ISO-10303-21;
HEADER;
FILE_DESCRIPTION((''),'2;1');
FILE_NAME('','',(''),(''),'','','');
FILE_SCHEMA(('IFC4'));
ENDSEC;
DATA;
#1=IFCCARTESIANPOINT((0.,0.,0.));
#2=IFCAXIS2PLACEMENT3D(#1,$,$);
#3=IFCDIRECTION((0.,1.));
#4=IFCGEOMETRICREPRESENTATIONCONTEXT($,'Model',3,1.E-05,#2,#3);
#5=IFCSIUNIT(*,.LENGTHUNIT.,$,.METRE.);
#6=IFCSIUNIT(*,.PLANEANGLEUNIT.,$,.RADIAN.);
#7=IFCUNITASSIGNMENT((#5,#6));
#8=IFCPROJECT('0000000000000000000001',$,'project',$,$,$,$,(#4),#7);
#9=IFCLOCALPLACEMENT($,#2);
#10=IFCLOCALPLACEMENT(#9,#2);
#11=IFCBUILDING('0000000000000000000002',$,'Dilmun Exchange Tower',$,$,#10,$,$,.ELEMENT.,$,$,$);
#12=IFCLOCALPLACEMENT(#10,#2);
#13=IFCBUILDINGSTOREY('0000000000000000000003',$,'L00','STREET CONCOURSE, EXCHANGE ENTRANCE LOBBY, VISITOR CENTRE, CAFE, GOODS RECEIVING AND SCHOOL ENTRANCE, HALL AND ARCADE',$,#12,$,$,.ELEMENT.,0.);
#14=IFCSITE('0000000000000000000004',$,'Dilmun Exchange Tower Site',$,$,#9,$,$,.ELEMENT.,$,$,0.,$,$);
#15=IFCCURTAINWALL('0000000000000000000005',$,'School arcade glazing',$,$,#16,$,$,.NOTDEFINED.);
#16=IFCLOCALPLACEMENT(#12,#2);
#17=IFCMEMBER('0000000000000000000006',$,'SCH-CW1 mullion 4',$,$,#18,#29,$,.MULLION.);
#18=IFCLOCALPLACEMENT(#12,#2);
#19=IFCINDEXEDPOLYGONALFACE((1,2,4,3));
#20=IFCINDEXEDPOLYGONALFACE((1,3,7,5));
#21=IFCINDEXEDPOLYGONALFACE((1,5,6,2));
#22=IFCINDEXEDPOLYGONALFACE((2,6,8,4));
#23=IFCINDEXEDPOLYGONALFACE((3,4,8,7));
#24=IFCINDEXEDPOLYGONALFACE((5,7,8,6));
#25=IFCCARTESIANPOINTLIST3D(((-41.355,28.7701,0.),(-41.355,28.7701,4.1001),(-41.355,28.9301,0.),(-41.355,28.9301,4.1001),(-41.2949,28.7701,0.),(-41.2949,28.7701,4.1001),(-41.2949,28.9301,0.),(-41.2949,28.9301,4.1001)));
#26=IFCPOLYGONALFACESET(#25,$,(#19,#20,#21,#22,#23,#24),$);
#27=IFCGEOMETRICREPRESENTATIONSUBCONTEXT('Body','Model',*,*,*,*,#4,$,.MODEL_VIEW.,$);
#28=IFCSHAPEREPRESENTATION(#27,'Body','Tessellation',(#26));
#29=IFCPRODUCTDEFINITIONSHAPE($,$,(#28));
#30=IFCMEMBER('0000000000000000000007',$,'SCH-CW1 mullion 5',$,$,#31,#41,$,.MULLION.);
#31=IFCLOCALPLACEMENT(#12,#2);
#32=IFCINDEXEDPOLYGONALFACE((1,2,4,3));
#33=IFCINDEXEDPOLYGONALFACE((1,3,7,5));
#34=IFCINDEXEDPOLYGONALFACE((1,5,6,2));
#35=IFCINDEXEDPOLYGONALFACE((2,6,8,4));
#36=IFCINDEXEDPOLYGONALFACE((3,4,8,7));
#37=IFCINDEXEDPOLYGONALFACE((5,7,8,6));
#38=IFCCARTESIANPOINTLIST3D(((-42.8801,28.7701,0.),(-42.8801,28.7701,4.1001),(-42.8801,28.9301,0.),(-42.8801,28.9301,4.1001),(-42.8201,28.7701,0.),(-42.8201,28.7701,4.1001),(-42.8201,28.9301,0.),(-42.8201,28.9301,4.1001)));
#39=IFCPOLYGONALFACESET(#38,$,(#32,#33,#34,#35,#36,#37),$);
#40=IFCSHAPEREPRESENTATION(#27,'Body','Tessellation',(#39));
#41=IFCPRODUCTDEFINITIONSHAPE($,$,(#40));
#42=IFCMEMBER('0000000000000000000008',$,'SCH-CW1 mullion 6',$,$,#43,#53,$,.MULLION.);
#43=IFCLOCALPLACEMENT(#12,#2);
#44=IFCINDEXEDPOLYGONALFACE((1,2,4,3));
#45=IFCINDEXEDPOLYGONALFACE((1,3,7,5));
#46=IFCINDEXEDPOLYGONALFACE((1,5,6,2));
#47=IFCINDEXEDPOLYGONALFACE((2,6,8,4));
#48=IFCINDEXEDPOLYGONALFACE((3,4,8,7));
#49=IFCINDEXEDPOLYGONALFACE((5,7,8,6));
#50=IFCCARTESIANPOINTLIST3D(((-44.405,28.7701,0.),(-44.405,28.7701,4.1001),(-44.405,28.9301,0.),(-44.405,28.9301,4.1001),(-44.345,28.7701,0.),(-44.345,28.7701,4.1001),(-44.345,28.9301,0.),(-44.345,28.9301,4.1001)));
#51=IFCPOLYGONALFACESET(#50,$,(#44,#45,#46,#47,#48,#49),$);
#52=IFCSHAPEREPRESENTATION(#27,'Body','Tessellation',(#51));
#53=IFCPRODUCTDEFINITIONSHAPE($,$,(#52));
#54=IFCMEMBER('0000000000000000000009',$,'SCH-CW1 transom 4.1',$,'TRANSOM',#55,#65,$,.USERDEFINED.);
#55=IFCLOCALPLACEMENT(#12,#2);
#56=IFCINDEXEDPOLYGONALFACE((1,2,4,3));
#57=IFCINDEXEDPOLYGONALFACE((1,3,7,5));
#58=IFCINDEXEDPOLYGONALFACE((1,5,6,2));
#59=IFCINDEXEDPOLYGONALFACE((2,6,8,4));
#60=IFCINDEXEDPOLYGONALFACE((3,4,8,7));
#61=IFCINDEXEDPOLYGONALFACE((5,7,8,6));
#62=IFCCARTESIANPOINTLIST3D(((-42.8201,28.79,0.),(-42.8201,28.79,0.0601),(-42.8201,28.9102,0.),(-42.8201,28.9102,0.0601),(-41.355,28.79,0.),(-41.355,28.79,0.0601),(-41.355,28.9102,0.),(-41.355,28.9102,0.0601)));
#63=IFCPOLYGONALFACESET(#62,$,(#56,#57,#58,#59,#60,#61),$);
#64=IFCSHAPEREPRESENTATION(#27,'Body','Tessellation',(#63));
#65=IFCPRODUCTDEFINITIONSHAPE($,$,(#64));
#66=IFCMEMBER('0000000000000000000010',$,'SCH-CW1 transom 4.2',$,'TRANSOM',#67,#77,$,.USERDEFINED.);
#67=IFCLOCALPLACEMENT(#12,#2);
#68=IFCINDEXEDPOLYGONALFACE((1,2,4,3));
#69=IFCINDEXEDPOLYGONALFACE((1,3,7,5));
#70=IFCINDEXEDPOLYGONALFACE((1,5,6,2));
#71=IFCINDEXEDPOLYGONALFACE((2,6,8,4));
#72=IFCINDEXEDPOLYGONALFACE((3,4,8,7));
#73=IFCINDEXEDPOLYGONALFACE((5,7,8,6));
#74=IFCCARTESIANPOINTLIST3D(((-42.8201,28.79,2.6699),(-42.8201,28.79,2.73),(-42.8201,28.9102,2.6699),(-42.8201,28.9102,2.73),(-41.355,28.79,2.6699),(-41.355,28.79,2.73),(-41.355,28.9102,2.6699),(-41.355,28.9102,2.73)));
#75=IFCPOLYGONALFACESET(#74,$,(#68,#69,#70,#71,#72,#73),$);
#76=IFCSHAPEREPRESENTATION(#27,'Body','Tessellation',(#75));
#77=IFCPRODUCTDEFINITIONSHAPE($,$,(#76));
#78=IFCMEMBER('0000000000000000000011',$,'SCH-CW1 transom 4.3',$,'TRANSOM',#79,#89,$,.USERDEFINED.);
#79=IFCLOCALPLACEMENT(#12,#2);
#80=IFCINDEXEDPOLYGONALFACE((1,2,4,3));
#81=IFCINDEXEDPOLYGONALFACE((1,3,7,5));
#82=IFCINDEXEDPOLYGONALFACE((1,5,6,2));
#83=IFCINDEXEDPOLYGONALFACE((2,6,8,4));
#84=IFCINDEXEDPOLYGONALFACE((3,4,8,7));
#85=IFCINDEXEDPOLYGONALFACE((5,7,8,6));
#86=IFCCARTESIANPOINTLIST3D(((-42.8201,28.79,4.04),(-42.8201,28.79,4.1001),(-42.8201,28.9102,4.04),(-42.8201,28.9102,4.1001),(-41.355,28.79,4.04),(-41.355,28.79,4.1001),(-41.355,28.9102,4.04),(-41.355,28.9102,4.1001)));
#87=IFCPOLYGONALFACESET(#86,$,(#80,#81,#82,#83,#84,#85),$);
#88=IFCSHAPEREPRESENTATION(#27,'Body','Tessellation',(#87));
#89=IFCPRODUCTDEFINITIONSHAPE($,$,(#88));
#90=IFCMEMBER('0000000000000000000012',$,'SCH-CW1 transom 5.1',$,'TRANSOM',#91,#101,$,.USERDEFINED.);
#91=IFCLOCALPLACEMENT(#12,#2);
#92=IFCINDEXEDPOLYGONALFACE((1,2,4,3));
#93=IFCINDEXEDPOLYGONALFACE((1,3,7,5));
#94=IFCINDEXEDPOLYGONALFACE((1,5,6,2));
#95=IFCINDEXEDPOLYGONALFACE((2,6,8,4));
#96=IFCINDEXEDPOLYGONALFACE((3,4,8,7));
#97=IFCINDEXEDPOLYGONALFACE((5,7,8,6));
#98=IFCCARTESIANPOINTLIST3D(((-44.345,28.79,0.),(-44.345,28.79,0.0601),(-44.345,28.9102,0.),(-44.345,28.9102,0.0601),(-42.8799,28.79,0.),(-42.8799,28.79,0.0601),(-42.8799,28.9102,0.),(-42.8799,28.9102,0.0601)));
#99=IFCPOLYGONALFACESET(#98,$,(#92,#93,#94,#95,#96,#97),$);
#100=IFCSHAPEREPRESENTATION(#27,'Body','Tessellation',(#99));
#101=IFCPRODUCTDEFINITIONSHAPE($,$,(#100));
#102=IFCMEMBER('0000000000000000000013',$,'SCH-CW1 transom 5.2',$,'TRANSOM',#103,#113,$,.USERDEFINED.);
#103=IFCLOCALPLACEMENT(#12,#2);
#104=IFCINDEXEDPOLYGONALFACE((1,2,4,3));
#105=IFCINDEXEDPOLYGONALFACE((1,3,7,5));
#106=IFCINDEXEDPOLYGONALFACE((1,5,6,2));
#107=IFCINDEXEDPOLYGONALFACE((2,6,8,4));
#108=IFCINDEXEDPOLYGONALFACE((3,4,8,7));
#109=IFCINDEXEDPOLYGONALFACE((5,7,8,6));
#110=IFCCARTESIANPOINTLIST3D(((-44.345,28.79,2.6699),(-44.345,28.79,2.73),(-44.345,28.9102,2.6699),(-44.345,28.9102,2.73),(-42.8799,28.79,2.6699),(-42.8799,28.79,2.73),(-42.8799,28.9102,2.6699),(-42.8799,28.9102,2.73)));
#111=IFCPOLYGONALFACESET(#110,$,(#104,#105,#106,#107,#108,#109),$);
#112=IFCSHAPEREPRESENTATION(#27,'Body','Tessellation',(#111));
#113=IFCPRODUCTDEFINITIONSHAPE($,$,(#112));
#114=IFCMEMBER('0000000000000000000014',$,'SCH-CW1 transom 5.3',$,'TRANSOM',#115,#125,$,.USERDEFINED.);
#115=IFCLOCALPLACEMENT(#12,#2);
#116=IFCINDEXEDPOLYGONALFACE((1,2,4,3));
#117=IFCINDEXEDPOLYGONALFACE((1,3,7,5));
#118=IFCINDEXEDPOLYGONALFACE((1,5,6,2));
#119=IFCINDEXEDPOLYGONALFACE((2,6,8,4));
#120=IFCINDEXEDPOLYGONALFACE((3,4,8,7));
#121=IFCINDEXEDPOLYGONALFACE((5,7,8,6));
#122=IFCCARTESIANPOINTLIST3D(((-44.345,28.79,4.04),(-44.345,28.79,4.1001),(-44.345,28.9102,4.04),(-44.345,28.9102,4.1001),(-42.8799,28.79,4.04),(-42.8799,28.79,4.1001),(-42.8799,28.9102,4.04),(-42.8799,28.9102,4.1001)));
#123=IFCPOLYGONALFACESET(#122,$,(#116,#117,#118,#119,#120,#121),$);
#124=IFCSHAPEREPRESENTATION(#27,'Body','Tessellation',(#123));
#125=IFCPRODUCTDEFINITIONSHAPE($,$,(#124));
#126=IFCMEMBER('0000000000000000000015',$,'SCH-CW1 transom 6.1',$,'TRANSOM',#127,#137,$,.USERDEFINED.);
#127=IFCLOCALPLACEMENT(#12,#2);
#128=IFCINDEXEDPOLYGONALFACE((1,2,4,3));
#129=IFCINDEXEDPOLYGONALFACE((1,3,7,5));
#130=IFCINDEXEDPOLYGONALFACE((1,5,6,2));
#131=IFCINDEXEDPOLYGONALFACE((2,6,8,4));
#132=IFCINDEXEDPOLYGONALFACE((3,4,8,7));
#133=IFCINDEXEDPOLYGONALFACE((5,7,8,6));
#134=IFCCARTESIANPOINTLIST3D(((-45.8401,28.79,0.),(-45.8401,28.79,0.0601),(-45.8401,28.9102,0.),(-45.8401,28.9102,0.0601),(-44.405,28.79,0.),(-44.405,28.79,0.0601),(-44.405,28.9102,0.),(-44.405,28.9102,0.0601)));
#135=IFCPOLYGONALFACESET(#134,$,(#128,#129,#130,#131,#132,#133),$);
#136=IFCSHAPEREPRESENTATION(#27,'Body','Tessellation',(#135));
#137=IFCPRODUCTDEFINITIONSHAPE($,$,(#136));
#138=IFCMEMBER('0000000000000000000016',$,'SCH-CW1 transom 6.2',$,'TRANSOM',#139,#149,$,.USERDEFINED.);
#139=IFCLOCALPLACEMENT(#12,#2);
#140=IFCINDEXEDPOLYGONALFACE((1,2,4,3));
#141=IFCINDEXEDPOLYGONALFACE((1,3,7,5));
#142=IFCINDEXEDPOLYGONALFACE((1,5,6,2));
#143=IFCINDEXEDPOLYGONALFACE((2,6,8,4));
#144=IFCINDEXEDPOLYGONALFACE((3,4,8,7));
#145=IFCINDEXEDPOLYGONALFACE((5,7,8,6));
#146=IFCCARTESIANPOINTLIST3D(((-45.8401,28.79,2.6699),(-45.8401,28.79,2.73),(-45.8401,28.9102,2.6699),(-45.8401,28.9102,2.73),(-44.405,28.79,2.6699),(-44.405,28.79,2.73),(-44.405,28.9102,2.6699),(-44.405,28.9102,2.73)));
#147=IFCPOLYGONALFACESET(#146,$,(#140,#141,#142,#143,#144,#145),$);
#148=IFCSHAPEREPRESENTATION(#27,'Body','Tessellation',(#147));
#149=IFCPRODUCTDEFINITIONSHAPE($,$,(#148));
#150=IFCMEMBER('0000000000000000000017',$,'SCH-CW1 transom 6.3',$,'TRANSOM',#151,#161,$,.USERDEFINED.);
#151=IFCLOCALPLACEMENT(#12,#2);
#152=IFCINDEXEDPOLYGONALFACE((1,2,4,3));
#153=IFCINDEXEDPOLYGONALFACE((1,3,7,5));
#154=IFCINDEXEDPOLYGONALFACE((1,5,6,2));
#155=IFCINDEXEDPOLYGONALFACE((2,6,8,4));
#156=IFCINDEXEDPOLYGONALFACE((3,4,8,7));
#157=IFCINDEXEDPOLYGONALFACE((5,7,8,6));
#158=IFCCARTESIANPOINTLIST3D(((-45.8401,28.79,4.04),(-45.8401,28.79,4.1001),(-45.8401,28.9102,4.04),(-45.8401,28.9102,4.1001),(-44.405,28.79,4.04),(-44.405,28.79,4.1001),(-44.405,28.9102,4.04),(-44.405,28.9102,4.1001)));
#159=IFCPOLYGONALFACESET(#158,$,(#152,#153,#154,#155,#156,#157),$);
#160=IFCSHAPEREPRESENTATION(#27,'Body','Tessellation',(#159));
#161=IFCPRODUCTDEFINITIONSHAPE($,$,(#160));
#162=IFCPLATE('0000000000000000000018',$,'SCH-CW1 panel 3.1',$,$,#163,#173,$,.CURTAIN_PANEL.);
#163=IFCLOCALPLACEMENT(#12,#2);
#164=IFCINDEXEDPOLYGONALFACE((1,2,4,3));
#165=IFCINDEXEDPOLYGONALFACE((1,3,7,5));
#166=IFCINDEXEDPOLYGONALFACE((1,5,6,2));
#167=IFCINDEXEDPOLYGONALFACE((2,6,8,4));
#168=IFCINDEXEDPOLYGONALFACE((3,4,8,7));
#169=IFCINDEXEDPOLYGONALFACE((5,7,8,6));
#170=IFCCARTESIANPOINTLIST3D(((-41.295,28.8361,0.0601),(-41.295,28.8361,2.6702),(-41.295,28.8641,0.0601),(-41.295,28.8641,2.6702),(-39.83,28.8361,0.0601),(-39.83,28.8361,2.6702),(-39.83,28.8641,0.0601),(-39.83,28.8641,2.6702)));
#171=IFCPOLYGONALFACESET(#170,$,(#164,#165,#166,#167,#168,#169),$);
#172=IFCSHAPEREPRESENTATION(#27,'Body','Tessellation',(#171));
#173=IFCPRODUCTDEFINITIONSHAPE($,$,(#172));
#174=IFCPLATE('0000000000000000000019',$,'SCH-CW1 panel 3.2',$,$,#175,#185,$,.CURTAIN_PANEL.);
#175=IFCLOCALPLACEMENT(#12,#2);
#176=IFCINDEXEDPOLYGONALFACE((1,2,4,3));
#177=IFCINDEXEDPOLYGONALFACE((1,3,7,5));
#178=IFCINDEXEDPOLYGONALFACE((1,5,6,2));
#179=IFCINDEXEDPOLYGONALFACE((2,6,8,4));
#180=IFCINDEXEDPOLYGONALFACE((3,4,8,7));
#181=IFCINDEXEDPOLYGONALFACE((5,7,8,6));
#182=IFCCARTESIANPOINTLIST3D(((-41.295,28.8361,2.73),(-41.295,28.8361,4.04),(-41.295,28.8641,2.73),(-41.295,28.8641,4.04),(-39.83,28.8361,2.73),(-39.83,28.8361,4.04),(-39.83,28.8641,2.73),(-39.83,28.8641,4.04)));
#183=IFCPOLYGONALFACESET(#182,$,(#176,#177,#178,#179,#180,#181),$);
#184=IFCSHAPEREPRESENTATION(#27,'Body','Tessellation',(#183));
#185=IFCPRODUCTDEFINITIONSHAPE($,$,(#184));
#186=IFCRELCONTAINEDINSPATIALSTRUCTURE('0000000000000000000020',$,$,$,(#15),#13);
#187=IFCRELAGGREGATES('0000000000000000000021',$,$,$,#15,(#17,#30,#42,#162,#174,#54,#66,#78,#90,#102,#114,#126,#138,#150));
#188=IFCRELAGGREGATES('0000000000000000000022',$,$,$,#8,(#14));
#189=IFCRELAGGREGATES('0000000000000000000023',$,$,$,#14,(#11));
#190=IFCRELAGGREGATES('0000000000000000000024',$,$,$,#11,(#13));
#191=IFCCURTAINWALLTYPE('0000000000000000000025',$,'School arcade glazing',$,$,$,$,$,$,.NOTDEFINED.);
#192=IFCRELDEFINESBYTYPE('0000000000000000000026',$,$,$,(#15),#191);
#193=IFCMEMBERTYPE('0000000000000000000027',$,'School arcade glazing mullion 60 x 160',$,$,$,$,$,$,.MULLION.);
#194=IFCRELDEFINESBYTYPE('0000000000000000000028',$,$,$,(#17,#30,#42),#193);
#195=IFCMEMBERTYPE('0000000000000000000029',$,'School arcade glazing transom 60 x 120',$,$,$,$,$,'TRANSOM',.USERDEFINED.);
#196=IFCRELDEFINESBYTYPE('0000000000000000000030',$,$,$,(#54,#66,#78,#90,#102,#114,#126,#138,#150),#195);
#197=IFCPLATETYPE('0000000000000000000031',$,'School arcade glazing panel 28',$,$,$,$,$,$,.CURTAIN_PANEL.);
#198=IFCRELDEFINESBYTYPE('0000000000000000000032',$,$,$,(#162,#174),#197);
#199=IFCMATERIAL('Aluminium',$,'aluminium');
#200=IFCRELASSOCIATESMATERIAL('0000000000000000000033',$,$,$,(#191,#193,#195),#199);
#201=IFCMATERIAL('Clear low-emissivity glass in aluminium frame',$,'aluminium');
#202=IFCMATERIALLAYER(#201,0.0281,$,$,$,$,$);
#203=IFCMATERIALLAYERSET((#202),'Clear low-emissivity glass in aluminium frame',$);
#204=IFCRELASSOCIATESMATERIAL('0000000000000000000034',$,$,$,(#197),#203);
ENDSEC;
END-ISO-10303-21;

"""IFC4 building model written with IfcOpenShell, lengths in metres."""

from ifc_helpers import new_model, si_unit, direction, frame, origin, origin_2d, place, context, subcontext, project, spatial, rectangle, extrude, material, layer, layer_set, material_profile, profile_set, type_object, element, aggregate, save


model = new_model("IFC4")

# Units and contexts
model_context = context("Model", 3, precision=1e-05, world=origin(), true_north=direction((0.0, 1.0)))
body_context = subcontext(model_context, "Body", "Model", "MODEL_VIEW")
ifc_project = project(units=[si_unit("LENGTHUNIT", "METRE"), si_unit("PLANEANGLEUNIT", "RADIAN")], contexts=[model_context])

# Site, building, storey
site_placement = place(None, origin())
site = spatial("IfcSite", under=ifc_project, at=site_placement, Name="Dilmun Exchange Tower Site", CompositionType="ELEMENT", RefElevation=0.0)
building_placement = place(site_placement, origin())
building = spatial("IfcBuilding", under=site, at=building_placement, Name="Dilmun Exchange Tower", CompositionType="ELEMENT")
storey_placement = place(building_placement, origin())
storey = spatial("IfcBuildingStorey", under=building, at=storey_placement, Name="L00", Description="STREET CONCOURSE, EXCHANGE ENTRANCE LOBBY, VISITOR CENTRE, CAFE, GOODS RECEIVING AND SCHOOL ENTRANCE, HALL AND ARCADE", CompositionType="ELEMENT", Elevation=0.0)

# Curtain wall, members, plates
ifc_material_1 = material(Name="Aluminium", Category="aluminium")
curtain_wall_type = type_object("IfcCurtainWallType", Name="School arcade glazing", PredefinedType="NOTDEFINED", material=ifc_material_1)
curtain_wall_placement = place(storey_placement, origin())
curtain_wall = element("IfcCurtainWall", 1, at=curtain_wall_placement, inside=storey, type_object=curtain_wall_type, Name="School arcade glazing", PredefinedType="NOTDEFINED")
ifc_material_profile_1 = material_profile(ifc_material_1, rectangle(XDim=0.1599, YDim=0.0601, at=origin_2d()), Name="60 x 160")
ifc_profile_set_1 = profile_set([ifc_material_profile_1], Name="Aluminium")
member_type_1 = type_object("IfcMemberType", Name="School arcade glazing mullion 60 x 160", PredefinedType="MULLION", material=ifc_profile_set_1)
member_1_placement = place(storey_placement, frame((-41.325, 28.8501, 0.0), z_axis=(0.0, 0.0, 1.0), x_axis=(0.0, -1.0, 0.0)))
member_1 = element("IfcMember", 2, at=member_1_placement, type_object=member_type_1, Name="SCH-CW1 mullion 4", PredefinedType="MULLION", context=body_context, shape_type="SweptSolid", body=[
    extrude(rectangle(XDim=0.1599, YDim=0.0601, at=origin_2d()), origin(), (0.0, 0.0, 1.0), 4.1001),
])
member_2_placement = place(storey_placement, frame((-42.8501, 28.8501, 0.0), z_axis=(0.0, 0.0, 1.0), x_axis=(0.0, -1.0, 0.0)))
member_2 = element("IfcMember", 3, at=member_2_placement, type_object=member_type_1, Name="SCH-CW1 mullion 5", PredefinedType="MULLION", context=body_context, shape_type="SweptSolid", body=[
    extrude(rectangle(XDim=0.1599, YDim=0.0601, at=origin_2d()), origin(), (0.0, 0.0, 1.0), 4.1001),
])
member_3_placement = place(storey_placement, frame((-44.375, 28.8501, 0.0), z_axis=(0.0, 0.0, 1.0), x_axis=(0.0, -1.0, 0.0)))
member_3 = element("IfcMember", 4, at=member_3_placement, type_object=member_type_1, Name="SCH-CW1 mullion 6", PredefinedType="MULLION", context=body_context, shape_type="SweptSolid", body=[
    extrude(rectangle(XDim=0.1599, YDim=0.0601, at=origin_2d()), origin(), (0.0, 0.0, 1.0), 4.1001),
])
ifc_material_profile_2 = material_profile(ifc_material_1, rectangle(XDim=0.1201, YDim=0.0601, at=origin_2d()), Name="60 x 120")
ifc_profile_set_2 = profile_set([ifc_material_profile_2], Name="Aluminium")
member_type_2 = type_object("IfcMemberType", Name="School arcade glazing transom 60 x 120", ElementType="TRANSOM", PredefinedType="USERDEFINED", material=ifc_profile_set_2)
member_4_placement = place(storey_placement, frame((-41.355, 28.8501, 0.03), z_axis=(-1.0, 0.0, 0.0), x_axis=(0.0, -1.0, 0.0)))
member_4 = element("IfcMember", 5, at=member_4_placement, type_object=member_type_2, Name="SCH-CW1 transom 4.1", ObjectType="TRANSOM", PredefinedType="USERDEFINED", context=body_context, shape_type="SweptSolid", body=[
    extrude(rectangle(XDim=0.1201, YDim=0.0601, at=origin_2d()), origin(), (0.0, 0.0, 1.0), 1.4651),
])
member_5_placement = place(storey_placement, frame((-41.355, 28.8501, 2.7), z_axis=(-1.0, 0.0, 0.0), x_axis=(0.0, -1.0, 0.0)))
member_5 = element("IfcMember", 6, at=member_5_placement, type_object=member_type_2, Name="SCH-CW1 transom 4.2", ObjectType="TRANSOM", PredefinedType="USERDEFINED", context=body_context, shape_type="SweptSolid", body=[
    extrude(rectangle(XDim=0.1201, YDim=0.0601, at=origin_2d()), origin(), (0.0, 0.0, 1.0), 1.4651),
])
member_6_placement = place(storey_placement, frame((-41.355, 28.8501, 4.0701), z_axis=(-1.0, 0.0, 0.0), x_axis=(0.0, -1.0, 0.0)))
member_6 = element("IfcMember", 7, at=member_6_placement, type_object=member_type_2, Name="SCH-CW1 transom 4.3", ObjectType="TRANSOM", PredefinedType="USERDEFINED", context=body_context, shape_type="SweptSolid", body=[
    extrude(rectangle(XDim=0.1201, YDim=0.0601, at=origin_2d()), origin(), (0.0, 0.0, 1.0), 1.4651),
])
member_7_placement = place(storey_placement, frame((-42.8799, 28.8501, 0.03), z_axis=(-1.0, 0.0, 0.0), x_axis=(0.0, -1.0, 0.0)))
member_7 = element("IfcMember", 8, at=member_7_placement, type_object=member_type_2, Name="SCH-CW1 transom 5.1", ObjectType="TRANSOM", PredefinedType="USERDEFINED", context=body_context, shape_type="SweptSolid", body=[
    extrude(rectangle(XDim=0.1201, YDim=0.0601, at=origin_2d()), origin(), (0.0, 0.0, 1.0), 1.4651),
])
member_8_placement = place(storey_placement, frame((-42.8799, 28.8501, 2.7), z_axis=(-1.0, 0.0, 0.0), x_axis=(0.0, -1.0, 0.0)))
member_8 = element("IfcMember", 9, at=member_8_placement, type_object=member_type_2, Name="SCH-CW1 transom 5.2", ObjectType="TRANSOM", PredefinedType="USERDEFINED", context=body_context, shape_type="SweptSolid", body=[
    extrude(rectangle(XDim=0.1201, YDim=0.0601, at=origin_2d()), origin(), (0.0, 0.0, 1.0), 1.4651),
])
member_9_placement = place(storey_placement, frame((-42.8799, 28.8501, 4.0701), z_axis=(-1.0, 0.0, 0.0), x_axis=(0.0, -1.0, 0.0)))
member_9 = element("IfcMember", 10, at=member_9_placement, type_object=member_type_2, Name="SCH-CW1 transom 5.3", ObjectType="TRANSOM", PredefinedType="USERDEFINED", context=body_context, shape_type="SweptSolid", body=[
    extrude(rectangle(XDim=0.1201, YDim=0.0601, at=origin_2d()), origin(), (0.0, 0.0, 1.0), 1.4651),
])
member_10_placement = place(storey_placement, frame((-44.405, 28.8501, 0.03), z_axis=(-1.0, 0.0, 0.0), x_axis=(0.0, -1.0, 0.0)))
member_10 = element("IfcMember", 11, at=member_10_placement, type_object=member_type_2, Name="SCH-CW1 transom 6.1", ObjectType="TRANSOM", PredefinedType="USERDEFINED", context=body_context, shape_type="SweptSolid", body=[
    extrude(rectangle(XDim=0.1201, YDim=0.0601, at=origin_2d()), origin(), (0.0, 0.0, 1.0), 1.4351),
])
member_11_placement = place(storey_placement, frame((-44.405, 28.8501, 2.7), z_axis=(-1.0, 0.0, 0.0), x_axis=(0.0, -1.0, 0.0)))
member_11 = element("IfcMember", 12, at=member_11_placement, type_object=member_type_2, Name="SCH-CW1 transom 6.2", ObjectType="TRANSOM", PredefinedType="USERDEFINED", context=body_context, shape_type="SweptSolid", body=[
    extrude(rectangle(XDim=0.1201, YDim=0.0601, at=origin_2d()), origin(), (0.0, 0.0, 1.0), 1.4351),
])
member_12_placement = place(storey_placement, frame((-44.405, 28.8501, 4.0701), z_axis=(-1.0, 0.0, 0.0), x_axis=(0.0, -1.0, 0.0)))
member_12 = element("IfcMember", 13, at=member_12_placement, type_object=member_type_2, Name="SCH-CW1 transom 6.3", ObjectType="TRANSOM", PredefinedType="USERDEFINED", context=body_context, shape_type="SweptSolid", body=[
    extrude(rectangle(XDim=0.1201, YDim=0.0601, at=origin_2d()), origin(), (0.0, 0.0, 1.0), 1.4351),
])
ifc_material_2 = material(Name="Clear low-emissivity glass in aluminium frame", Category="aluminium")
ifc_layer = layer(ifc_material_2, 0.0281)
ifc_layer_set = layer_set([ifc_layer], Name="Clear low-emissivity glass in aluminium frame")
plate_type = type_object("IfcPlateType", Name="School arcade glazing panel 28", PredefinedType="CURTAIN_PANEL", material=ifc_layer_set)
plate_1_placement = place(storey_placement, frame((-40.5625, 28.8501, 0.0601), z_axis=(0.0, 0.0, 1.0), x_axis=(-1.0, 0.0, 0.0)))
plate_1 = element("IfcPlate", 14, at=plate_1_placement, type_object=plate_type, Name="SCH-CW1 panel 3.1", PredefinedType="CURTAIN_PANEL", context=body_context, shape_type="SweptSolid", body=[
    extrude(rectangle(XDim=1.4651, YDim=0.0281, at=origin_2d()), origin(), (0.0, 0.0, 1.0), 2.6101),
])
plate_2_placement = place(storey_placement, frame((-40.5625, 28.8501, 2.73), z_axis=(0.0, 0.0, 1.0), x_axis=(-1.0, 0.0, 0.0)))
plate_2 = element("IfcPlate", 15, at=plate_2_placement, type_object=plate_type, Name="SCH-CW1 panel 3.2", PredefinedType="CURTAIN_PANEL", context=body_context, shape_type="SweptSolid", body=[
    extrude(rectangle(XDim=1.4651, YDim=0.0281, at=origin_2d()), origin(), (0.0, 0.0, 1.0), 1.3101),
])
aggregate(curtain_wall, [member_1, member_2, member_3, plate_1, plate_2, member_4, member_5, member_6, member_7, member_8, member_9, member_10, member_11, member_12])

save(model, "model.ifc")
